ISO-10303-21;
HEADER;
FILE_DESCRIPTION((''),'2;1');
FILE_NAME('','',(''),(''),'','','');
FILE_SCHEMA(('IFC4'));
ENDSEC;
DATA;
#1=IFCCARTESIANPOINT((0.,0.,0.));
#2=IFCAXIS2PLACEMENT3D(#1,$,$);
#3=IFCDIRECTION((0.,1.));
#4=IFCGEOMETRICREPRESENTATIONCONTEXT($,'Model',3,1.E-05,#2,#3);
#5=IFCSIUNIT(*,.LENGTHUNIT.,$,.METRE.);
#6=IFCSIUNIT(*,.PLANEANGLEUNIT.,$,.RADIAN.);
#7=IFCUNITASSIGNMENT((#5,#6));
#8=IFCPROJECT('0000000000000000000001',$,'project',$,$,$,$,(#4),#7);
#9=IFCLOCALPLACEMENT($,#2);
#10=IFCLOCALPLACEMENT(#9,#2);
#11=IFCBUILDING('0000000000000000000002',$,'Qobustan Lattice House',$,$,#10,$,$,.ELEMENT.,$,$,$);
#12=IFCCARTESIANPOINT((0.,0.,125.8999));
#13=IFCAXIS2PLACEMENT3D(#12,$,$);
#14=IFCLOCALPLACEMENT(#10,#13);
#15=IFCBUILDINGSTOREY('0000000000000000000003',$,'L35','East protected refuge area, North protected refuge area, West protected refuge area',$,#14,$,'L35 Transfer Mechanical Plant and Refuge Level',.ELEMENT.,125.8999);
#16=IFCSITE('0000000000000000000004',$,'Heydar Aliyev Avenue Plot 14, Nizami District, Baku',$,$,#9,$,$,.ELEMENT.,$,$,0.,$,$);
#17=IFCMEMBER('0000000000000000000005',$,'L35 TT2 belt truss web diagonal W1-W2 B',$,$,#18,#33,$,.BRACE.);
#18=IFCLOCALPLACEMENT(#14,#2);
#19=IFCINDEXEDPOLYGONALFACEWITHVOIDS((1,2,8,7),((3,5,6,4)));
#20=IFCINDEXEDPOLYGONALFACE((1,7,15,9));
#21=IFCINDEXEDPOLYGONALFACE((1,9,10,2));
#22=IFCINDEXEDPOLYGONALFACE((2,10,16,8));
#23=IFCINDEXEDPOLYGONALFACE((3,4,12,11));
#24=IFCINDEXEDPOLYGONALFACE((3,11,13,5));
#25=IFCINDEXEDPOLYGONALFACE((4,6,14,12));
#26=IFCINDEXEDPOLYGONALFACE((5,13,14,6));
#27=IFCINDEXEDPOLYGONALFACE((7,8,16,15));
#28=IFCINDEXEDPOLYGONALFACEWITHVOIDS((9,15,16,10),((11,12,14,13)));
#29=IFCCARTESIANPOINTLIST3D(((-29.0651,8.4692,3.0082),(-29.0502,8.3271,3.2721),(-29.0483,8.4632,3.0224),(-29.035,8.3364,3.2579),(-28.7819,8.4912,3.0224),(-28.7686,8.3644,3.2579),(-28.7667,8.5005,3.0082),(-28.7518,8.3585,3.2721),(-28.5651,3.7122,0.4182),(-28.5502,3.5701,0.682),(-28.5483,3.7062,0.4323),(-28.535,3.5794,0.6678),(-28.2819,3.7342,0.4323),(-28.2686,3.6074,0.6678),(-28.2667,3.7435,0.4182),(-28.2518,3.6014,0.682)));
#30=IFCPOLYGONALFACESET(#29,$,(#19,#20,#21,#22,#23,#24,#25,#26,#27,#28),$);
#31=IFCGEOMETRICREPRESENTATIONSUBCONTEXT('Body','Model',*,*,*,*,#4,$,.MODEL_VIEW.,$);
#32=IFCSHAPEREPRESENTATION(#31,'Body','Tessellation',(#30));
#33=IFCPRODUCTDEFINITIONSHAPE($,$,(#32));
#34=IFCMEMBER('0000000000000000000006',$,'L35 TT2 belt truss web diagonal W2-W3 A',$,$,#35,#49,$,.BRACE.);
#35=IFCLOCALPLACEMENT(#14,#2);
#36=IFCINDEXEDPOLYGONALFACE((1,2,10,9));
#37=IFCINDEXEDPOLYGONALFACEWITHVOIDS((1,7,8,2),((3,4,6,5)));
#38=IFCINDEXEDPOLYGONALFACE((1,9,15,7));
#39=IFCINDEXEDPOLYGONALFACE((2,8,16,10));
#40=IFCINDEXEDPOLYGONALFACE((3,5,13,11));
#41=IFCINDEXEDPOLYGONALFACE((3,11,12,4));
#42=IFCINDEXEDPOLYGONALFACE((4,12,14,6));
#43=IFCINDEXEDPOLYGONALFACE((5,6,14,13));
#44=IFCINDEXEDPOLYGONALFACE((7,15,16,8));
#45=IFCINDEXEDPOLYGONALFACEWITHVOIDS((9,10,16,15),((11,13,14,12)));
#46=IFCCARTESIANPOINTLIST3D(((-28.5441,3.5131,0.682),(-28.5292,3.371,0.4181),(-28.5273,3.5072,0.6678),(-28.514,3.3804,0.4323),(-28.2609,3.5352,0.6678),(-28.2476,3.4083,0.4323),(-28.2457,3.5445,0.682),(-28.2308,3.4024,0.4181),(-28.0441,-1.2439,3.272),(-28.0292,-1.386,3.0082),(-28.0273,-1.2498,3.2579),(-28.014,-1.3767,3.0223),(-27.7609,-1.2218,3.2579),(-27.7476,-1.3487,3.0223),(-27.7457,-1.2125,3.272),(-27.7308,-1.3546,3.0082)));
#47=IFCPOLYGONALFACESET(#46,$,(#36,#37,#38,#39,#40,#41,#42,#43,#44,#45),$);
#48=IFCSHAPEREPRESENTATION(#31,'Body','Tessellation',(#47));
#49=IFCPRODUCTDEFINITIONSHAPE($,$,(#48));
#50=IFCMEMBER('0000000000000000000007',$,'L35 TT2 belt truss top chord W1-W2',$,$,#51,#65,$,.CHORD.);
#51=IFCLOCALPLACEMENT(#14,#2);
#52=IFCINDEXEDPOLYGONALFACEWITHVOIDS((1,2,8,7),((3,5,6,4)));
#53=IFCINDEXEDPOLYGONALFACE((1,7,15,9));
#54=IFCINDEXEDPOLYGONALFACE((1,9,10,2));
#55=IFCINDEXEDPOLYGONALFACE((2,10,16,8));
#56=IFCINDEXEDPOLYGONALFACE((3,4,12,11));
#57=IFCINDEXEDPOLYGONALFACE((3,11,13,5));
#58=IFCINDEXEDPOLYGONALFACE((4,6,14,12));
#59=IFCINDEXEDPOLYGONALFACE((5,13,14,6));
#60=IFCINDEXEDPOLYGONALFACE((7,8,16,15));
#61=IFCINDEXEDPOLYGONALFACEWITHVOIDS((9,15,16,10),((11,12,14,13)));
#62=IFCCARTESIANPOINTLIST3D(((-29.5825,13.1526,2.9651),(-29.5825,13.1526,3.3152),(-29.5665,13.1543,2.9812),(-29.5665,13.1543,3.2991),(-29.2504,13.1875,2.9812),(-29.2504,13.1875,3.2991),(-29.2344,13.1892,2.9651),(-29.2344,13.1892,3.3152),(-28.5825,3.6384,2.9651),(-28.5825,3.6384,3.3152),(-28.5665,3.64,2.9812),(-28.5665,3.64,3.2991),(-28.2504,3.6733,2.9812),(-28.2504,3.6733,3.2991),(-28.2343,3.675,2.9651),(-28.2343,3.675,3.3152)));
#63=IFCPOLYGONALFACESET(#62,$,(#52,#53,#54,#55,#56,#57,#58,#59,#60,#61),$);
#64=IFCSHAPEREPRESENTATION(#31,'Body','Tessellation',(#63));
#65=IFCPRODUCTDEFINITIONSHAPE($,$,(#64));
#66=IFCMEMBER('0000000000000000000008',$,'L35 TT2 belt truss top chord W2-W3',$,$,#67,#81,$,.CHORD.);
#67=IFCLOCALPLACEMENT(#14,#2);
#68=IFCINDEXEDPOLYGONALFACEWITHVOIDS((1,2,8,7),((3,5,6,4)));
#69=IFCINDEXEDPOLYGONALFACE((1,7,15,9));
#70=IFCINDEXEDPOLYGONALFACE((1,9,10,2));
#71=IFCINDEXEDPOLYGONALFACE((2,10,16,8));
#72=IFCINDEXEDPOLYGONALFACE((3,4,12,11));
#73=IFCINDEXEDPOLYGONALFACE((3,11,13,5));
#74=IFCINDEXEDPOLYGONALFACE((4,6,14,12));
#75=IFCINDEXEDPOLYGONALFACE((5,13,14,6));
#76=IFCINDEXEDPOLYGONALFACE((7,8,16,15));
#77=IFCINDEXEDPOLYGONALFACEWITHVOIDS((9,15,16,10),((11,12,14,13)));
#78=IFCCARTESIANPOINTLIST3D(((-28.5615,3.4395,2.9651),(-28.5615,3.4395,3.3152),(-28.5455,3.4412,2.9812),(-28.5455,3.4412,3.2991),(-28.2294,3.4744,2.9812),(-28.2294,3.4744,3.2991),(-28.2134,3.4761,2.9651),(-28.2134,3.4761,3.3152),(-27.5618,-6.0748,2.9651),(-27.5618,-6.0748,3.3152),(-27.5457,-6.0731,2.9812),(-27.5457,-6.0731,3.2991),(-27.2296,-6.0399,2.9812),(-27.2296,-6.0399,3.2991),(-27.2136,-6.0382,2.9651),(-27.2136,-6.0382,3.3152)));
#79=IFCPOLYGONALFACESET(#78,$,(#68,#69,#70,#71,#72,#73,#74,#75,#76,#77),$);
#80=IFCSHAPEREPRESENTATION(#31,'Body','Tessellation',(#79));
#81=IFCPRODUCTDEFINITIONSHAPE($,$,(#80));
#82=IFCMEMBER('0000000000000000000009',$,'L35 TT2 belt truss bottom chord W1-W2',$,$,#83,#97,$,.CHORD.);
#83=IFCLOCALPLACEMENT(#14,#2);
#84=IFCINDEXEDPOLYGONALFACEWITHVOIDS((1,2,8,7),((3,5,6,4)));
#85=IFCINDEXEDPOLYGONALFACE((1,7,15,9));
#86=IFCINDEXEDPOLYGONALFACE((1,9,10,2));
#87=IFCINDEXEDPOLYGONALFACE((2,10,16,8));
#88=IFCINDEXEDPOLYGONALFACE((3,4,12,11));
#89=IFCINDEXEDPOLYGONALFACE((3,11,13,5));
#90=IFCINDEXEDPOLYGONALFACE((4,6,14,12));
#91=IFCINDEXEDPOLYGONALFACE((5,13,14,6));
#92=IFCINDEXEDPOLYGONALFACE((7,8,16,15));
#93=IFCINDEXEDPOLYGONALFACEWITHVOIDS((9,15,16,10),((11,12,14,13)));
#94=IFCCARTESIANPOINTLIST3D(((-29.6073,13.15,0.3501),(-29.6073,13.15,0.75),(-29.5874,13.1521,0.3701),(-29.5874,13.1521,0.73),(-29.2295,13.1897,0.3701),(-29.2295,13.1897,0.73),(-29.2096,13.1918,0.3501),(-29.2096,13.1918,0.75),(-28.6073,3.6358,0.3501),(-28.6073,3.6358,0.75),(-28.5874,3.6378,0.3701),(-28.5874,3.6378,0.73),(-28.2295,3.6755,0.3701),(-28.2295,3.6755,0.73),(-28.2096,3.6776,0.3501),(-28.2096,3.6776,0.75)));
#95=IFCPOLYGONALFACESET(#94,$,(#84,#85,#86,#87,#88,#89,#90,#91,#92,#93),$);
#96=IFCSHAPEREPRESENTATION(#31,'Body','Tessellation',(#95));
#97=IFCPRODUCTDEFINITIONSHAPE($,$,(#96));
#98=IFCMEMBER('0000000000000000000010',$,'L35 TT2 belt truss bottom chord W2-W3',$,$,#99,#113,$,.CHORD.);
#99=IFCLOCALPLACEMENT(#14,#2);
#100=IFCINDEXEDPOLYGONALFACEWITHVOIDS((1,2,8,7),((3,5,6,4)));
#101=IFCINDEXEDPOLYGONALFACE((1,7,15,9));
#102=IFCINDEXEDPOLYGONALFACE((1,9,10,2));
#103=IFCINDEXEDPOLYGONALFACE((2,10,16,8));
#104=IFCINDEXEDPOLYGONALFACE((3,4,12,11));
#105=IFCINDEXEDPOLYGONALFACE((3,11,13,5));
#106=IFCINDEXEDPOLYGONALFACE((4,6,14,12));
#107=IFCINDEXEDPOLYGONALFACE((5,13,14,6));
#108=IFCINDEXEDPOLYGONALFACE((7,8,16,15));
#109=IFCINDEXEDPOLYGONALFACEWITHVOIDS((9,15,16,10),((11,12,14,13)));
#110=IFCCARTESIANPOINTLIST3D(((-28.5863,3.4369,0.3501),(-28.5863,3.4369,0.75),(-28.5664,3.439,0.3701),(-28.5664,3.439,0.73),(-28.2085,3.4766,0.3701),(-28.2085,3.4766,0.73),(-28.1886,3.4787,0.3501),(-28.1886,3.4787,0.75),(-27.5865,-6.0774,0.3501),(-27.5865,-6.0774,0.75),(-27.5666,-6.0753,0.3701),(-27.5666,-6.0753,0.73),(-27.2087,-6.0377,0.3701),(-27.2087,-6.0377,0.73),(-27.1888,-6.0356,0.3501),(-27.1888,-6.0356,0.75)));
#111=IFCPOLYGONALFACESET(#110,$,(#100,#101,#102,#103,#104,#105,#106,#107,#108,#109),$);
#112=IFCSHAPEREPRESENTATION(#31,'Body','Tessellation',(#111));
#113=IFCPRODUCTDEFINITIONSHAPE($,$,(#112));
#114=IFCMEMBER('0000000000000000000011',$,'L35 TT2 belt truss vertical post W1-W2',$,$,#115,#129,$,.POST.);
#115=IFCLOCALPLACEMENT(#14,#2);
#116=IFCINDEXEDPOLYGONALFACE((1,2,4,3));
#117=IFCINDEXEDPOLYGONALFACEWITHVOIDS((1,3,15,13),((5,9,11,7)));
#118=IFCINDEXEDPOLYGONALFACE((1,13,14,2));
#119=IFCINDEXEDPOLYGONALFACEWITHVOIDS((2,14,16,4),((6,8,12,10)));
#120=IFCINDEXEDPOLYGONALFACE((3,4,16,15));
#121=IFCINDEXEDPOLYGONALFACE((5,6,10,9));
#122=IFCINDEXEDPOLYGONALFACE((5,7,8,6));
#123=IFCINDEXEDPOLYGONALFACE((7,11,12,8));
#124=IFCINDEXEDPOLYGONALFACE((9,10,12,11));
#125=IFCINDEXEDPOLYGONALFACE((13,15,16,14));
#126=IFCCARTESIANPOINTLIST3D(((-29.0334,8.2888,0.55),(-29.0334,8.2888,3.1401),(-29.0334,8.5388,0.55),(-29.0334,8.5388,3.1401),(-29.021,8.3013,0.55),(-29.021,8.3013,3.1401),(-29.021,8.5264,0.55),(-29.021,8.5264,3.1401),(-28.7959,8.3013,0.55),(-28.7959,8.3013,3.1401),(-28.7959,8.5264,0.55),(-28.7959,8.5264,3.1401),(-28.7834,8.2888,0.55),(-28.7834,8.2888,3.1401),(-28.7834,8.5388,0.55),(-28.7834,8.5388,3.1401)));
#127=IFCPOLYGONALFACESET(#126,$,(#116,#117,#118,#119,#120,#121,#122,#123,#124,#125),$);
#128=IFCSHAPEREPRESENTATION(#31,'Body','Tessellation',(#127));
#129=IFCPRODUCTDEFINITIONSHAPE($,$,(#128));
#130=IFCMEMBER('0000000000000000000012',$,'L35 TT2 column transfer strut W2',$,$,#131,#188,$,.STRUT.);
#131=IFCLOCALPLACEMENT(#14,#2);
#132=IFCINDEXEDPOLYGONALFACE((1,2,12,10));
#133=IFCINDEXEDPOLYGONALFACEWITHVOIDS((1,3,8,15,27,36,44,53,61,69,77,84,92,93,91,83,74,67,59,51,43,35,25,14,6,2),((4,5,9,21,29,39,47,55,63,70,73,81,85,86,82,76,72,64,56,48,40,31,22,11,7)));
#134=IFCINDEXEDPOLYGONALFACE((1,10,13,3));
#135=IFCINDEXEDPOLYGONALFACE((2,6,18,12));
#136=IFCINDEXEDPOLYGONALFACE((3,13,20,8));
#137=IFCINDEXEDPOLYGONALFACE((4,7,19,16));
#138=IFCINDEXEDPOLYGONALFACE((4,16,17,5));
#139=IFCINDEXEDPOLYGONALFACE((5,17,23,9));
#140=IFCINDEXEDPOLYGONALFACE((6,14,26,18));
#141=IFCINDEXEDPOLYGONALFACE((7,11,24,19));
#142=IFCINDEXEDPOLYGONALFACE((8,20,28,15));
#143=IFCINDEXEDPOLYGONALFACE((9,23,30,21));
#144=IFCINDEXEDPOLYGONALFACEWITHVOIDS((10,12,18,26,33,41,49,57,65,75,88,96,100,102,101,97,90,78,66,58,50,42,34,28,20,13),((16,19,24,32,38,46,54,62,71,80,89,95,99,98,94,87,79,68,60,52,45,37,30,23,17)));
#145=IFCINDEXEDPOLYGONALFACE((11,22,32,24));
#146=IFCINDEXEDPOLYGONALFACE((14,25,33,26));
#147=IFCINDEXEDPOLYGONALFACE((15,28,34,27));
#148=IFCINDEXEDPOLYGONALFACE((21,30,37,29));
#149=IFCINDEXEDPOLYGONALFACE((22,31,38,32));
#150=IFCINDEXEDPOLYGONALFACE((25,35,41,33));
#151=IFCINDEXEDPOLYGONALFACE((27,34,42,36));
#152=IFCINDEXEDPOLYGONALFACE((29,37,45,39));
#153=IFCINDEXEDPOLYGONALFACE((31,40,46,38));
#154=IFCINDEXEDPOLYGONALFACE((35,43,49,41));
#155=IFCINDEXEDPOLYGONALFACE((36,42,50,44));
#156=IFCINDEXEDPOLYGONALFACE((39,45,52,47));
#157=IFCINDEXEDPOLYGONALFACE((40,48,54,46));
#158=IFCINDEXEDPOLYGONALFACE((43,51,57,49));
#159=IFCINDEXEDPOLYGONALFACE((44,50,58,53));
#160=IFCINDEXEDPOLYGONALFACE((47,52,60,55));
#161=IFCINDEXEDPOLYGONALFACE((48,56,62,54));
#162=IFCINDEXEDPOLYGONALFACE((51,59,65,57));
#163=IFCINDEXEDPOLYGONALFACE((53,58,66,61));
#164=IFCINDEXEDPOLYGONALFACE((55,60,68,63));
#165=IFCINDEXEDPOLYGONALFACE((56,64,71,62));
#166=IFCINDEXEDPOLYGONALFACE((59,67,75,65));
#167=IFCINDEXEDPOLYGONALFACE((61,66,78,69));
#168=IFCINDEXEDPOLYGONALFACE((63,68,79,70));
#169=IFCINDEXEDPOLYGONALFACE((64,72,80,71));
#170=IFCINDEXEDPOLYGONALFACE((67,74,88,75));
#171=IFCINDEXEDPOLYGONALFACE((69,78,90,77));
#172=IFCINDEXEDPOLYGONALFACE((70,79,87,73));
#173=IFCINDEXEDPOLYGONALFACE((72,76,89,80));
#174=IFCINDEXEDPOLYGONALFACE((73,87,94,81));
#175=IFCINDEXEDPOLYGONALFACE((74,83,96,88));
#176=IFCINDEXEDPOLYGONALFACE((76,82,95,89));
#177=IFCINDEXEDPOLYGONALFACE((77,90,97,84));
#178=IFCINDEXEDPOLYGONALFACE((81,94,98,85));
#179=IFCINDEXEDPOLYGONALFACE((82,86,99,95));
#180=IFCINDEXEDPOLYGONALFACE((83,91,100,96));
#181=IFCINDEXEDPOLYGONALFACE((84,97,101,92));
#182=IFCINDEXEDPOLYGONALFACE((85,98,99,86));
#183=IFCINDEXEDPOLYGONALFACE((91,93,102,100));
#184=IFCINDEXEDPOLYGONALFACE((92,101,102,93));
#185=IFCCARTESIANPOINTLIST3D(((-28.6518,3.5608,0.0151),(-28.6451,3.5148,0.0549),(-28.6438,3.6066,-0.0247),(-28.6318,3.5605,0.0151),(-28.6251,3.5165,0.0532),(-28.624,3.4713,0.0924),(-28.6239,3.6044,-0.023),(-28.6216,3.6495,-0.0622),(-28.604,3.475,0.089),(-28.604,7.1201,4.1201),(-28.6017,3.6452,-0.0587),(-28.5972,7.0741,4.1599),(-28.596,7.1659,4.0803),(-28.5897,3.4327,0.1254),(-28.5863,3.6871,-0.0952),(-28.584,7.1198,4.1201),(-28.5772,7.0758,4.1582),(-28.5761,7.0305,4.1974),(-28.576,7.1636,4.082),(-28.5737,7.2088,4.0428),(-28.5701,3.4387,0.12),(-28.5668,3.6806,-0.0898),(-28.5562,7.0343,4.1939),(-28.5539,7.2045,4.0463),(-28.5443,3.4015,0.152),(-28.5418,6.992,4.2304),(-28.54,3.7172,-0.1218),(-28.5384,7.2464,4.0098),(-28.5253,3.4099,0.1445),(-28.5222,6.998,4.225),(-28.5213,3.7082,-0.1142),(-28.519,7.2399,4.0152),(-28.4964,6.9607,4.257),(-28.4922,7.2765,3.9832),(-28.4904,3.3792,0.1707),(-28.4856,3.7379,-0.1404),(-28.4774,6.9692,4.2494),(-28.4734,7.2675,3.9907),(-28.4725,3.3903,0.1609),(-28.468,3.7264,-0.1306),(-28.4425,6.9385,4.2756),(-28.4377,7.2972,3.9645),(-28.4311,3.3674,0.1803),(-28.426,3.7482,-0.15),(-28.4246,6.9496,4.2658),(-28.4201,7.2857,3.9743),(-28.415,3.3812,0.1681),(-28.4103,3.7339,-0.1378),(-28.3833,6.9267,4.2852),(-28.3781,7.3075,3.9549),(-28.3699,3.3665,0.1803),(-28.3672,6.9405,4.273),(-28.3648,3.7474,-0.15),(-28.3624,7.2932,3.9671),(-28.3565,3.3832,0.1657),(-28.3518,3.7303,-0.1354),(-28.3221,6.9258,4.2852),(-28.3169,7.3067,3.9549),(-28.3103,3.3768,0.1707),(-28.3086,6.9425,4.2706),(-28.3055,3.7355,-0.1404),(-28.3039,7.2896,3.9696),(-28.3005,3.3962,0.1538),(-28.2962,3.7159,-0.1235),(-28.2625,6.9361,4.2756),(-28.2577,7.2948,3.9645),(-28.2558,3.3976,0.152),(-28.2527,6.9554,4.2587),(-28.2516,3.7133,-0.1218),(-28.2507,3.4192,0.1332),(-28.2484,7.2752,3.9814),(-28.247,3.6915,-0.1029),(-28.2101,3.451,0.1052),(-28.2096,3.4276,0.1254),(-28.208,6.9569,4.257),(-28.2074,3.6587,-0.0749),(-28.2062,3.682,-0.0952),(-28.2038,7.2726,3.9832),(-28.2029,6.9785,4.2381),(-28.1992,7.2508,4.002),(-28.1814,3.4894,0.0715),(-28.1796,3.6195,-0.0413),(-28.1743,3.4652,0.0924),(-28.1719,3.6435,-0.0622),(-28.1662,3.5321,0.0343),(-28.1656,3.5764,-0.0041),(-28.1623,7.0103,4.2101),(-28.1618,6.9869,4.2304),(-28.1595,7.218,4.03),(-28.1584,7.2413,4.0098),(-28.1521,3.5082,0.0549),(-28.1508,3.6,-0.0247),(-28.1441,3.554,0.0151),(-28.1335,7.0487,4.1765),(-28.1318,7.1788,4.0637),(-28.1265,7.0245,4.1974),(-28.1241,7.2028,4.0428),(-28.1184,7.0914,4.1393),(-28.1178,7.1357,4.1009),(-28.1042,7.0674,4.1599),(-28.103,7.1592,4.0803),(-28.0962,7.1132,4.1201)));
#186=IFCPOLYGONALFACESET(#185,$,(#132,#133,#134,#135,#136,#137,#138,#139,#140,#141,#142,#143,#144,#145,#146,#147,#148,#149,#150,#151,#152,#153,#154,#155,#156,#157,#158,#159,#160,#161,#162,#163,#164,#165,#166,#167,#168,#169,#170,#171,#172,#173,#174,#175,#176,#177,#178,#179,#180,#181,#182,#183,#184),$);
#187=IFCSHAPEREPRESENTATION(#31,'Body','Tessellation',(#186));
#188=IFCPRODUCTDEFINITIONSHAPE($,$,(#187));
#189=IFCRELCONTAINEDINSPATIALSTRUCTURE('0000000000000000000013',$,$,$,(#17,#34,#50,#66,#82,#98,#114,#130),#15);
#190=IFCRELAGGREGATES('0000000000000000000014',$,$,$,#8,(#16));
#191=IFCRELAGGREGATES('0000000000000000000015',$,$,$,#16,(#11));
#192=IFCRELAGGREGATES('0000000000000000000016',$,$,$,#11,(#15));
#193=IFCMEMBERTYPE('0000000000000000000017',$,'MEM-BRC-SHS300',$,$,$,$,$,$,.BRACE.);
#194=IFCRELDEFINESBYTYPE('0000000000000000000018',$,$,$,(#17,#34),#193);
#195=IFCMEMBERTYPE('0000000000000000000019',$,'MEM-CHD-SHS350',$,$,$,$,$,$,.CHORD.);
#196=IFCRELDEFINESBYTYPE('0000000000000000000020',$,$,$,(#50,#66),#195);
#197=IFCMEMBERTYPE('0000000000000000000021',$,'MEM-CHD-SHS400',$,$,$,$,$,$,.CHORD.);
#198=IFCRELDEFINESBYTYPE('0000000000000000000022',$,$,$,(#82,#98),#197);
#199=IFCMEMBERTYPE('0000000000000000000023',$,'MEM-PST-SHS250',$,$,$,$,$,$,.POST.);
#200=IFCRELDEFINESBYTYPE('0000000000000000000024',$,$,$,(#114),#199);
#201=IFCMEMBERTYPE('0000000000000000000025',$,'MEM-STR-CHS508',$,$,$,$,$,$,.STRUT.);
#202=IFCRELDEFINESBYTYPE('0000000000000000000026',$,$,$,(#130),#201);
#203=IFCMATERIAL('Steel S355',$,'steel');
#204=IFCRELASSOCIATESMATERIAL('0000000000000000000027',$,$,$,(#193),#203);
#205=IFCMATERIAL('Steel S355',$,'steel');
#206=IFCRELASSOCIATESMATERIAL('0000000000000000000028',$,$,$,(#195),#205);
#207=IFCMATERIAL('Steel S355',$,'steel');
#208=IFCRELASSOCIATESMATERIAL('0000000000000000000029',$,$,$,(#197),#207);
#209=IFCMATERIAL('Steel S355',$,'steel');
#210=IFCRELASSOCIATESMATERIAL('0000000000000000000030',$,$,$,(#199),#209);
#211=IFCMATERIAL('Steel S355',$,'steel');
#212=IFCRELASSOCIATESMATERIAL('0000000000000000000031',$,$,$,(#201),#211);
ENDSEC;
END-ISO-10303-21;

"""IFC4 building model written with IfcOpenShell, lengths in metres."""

from ifc_helpers import new_model, si_unit, direction, frame, origin, origin_2d, place, context, subcontext, project, spatial, hollow_rectangle, hollow_circle, extrude, material, material_profile, profile_set, type_object, element, save


model = new_model("IFC4")

# Units and contexts
model_context = context("Model", 3, precision=1e-05, world=origin(), true_north=direction((0.0, 1.0)))
body_context = subcontext(model_context, "Body", "Model", "MODEL_VIEW")
ifc_project = project(units=[si_unit("LENGTHUNIT", "METRE"), si_unit("PLANEANGLEUNIT", "RADIAN")], contexts=[model_context])

# Site, building, storey
site_placement = place(None, origin())
site = spatial("IfcSite", under=ifc_project, at=site_placement, Name="Heydar Aliyev Avenue Plot 14, Nizami District, Baku", CompositionType="ELEMENT", RefElevation=0.0)
building_placement = place(site_placement, origin())
building = spatial("IfcBuilding", under=site, at=building_placement, Name="Qobustan Lattice House", CompositionType="ELEMENT")
storey_placement = place(building_placement, frame((0.0, 0.0, 125.8999)))
storey = spatial("IfcBuildingStorey", under=building, at=storey_placement, Name="L35", Description="East protected refuge area, North protected refuge area, West protected refuge area", LongName="L35 Transfer Mechanical Plant and Refuge Level", CompositionType="ELEMENT", Elevation=125.8999)

# Members
ifc_material_1 = material(Name="Steel S355", Category="steel")
ifc_material_profile_1 = material_profile(ifc_material_1, hollow_rectangle(XDim=0.3, YDim=0.3, WallThickness=0.0161, at=origin_2d()), Name="SHS300x300x16")
ifc_profile_set_1 = profile_set([ifc_material_profile_1], Name="Steel S355")
member_type_1 = type_object("IfcMemberType", Name="MEM-BRC-SHS300", PredefinedType="BRACE", material=ifc_profile_set_1)
for number, where, z_axis, x_axis, name in (
    (1, (-28.9084, 8.4138, 3.1401), (0.09192, -0.874541, -0.476161), (0.994522, 0.104531, 0.0), "L35 TT2 belt truss web diagonal W1-W2 B"),
    (2, (-28.3875, 3.4578, 0.55), (0.09192, -0.874541, 0.476161), (0.994522, 0.104531, 0.0), "L35 TT2 belt truss web diagonal W2-W3 A"),
):
    element("IfcMember", number, at=place(storey_placement, frame(where, z_axis=z_axis, x_axis=x_axis)), inside=storey, type_object=member_type_1, Name=name, PredefinedType="BRACE", context=body_context, shape_type="SweptSolid", body=[
        extrude(hollow_rectangle(XDim=0.3, YDim=0.3, WallThickness=0.0161, at=origin_2d()), origin(), (0.0, 0.0, 1.0), 5.4395),
    ])
ifc_material_2 = material(Name="Steel S355", Category="steel")
ifc_material_profile_2 = material_profile(ifc_material_2, hollow_rectangle(XDim=0.3501, YDim=0.3501, WallThickness=0.0161, at=origin_2d()), Name="SHS350x350x16")
ifc_profile_set_2 = profile_set([ifc_material_profile_2], Name="Steel S355")
member_type_2 = type_object("IfcMemberType", Name="MEM-CHD-SHS350", PredefinedType="CHORD", material=ifc_profile_set_2)
for number, where, z_axis, x_axis, name in (
    (3, (-29.4084, 13.1709, 3.1401), (0.104531, -0.994522, 0.0), (0.994522, 0.104531, 0.0), "L35 TT2 belt truss top chord W1-W2"),
    (4, (-28.3875, 3.4578, 3.1401), (0.104505, -0.994524, 0.0), (0.994524, 0.104505, 0.0), "L35 TT2 belt truss top chord W2-W3"),
):
    element("IfcMember", number, at=place(storey_placement, frame(where, z_axis=z_axis, x_axis=x_axis)), inside=storey, type_object=member_type_2, Name=name, PredefinedType="CHORD", context=body_context, shape_type="SweptSolid", body=[
        extrude(hollow_rectangle(XDim=0.3501, YDim=0.3501, WallThickness=0.0161, at=origin_2d()), origin(), (0.0, 0.0, 1.0), 9.5667),
    ])
ifc_material_3 = material(Name="Steel S355", Category="steel")
ifc_material_profile_3 = material_profile(ifc_material_3, hollow_rectangle(XDim=0.3999, YDim=0.3999, WallThickness=0.02, at=origin_2d()), Name="SHS400x400x20")
ifc_profile_set_3 = profile_set([ifc_material_profile_3], Name="Steel S355")
member_type_3 = type_object("IfcMemberType", Name="MEM-CHD-SHS400", PredefinedType="CHORD", material=ifc_profile_set_3)
for number, where, z_axis, x_axis, name in (
    (5, (-29.4084, 13.1709, 0.55), (0.104531, -0.994522, 0.0), (0.994522, 0.104531, 0.0), "L35 TT2 belt truss bottom chord W1-W2"),
    (6, (-28.3875, 3.4578, 0.55), (0.104505, -0.994524, 0.0), (0.994524, 0.104505, 0.0), "L35 TT2 belt truss bottom chord W2-W3"),
):
    element("IfcMember", number, at=place(storey_placement, frame(where, z_axis=z_axis, x_axis=x_axis)), inside=storey, type_object=member_type_3, Name=name, PredefinedType="CHORD", context=body_context, shape_type="SweptSolid", body=[
        extrude(hollow_rectangle(XDim=0.3999, YDim=0.3999, WallThickness=0.02, at=origin_2d()), origin(), (0.0, 0.0, 1.0), 9.5667),
    ])
ifc_material_4 = material(Name="Steel S355", Category="steel")
ifc_material_profile_4 = material_profile(ifc_material_4, hollow_rectangle(XDim=0.25, YDim=0.25, WallThickness=0.0125, at=origin_2d()), Name="SHS250x250x12.5")
ifc_profile_set_4 = profile_set([ifc_material_profile_4], Name="Steel S355")
member_type_4 = type_object("IfcMemberType", Name="MEM-PST-SHS250", PredefinedType="POST", material=ifc_profile_set_4)
member_1_placement = place(storey_placement, frame((-28.9084, 8.4138, 0.55), z_axis=(0.0, 0.0, 1.0), x_axis=(1.0, 0.0, 0.0)))
element("IfcMember", 7, at=member_1_placement, inside=storey, type_object=member_type_4, Name="L35 TT2 belt truss vertical post W1-W2", PredefinedType="POST", context=body_context, shape_type="SweptSolid", body=[
    extrude(hollow_rectangle(XDim=0.25, YDim=0.25, WallThickness=0.0125, at=origin_2d()), origin(), (0.0, 0.0, 1.0), 2.5901),
])
ifc_material_5 = material(Name="Steel S355", Category="steel")
ifc_material_profile_5 = material_profile(ifc_material_5, hollow_circle(Radius=0.2539, WallThickness=0.02, at=origin_2d()), Name="CHS508x20")
ifc_profile_set_5 = profile_set([ifc_material_profile_5], Name="Steel S355")
member_type_5 = type_object("IfcMemberType", Name="MEM-STR-CHS508", PredefinedType="STRUT", material=ifc_profile_set_5)
member_2_placement = place(storey_placement, frame((-28.3979, 3.5574, 0.0151), z_axis=(0.008807, 0.655081, 0.755507), x_axis=(-0.99991, 0.013443, 0.0)))
element("IfcMember", 8, at=member_2_placement, inside=storey, type_object=member_type_5, Name="L35 TT2 column transfer strut W2", PredefinedType="STRUT", context=body_context, shape_type="SweptSolid", body=[
    extrude(hollow_circle(Radius=0.2539, WallThickness=0.02, at=origin_2d()), origin(), (0.0, 0.0, 1.0), 5.4333),
])

save(model, "model.ifc")
